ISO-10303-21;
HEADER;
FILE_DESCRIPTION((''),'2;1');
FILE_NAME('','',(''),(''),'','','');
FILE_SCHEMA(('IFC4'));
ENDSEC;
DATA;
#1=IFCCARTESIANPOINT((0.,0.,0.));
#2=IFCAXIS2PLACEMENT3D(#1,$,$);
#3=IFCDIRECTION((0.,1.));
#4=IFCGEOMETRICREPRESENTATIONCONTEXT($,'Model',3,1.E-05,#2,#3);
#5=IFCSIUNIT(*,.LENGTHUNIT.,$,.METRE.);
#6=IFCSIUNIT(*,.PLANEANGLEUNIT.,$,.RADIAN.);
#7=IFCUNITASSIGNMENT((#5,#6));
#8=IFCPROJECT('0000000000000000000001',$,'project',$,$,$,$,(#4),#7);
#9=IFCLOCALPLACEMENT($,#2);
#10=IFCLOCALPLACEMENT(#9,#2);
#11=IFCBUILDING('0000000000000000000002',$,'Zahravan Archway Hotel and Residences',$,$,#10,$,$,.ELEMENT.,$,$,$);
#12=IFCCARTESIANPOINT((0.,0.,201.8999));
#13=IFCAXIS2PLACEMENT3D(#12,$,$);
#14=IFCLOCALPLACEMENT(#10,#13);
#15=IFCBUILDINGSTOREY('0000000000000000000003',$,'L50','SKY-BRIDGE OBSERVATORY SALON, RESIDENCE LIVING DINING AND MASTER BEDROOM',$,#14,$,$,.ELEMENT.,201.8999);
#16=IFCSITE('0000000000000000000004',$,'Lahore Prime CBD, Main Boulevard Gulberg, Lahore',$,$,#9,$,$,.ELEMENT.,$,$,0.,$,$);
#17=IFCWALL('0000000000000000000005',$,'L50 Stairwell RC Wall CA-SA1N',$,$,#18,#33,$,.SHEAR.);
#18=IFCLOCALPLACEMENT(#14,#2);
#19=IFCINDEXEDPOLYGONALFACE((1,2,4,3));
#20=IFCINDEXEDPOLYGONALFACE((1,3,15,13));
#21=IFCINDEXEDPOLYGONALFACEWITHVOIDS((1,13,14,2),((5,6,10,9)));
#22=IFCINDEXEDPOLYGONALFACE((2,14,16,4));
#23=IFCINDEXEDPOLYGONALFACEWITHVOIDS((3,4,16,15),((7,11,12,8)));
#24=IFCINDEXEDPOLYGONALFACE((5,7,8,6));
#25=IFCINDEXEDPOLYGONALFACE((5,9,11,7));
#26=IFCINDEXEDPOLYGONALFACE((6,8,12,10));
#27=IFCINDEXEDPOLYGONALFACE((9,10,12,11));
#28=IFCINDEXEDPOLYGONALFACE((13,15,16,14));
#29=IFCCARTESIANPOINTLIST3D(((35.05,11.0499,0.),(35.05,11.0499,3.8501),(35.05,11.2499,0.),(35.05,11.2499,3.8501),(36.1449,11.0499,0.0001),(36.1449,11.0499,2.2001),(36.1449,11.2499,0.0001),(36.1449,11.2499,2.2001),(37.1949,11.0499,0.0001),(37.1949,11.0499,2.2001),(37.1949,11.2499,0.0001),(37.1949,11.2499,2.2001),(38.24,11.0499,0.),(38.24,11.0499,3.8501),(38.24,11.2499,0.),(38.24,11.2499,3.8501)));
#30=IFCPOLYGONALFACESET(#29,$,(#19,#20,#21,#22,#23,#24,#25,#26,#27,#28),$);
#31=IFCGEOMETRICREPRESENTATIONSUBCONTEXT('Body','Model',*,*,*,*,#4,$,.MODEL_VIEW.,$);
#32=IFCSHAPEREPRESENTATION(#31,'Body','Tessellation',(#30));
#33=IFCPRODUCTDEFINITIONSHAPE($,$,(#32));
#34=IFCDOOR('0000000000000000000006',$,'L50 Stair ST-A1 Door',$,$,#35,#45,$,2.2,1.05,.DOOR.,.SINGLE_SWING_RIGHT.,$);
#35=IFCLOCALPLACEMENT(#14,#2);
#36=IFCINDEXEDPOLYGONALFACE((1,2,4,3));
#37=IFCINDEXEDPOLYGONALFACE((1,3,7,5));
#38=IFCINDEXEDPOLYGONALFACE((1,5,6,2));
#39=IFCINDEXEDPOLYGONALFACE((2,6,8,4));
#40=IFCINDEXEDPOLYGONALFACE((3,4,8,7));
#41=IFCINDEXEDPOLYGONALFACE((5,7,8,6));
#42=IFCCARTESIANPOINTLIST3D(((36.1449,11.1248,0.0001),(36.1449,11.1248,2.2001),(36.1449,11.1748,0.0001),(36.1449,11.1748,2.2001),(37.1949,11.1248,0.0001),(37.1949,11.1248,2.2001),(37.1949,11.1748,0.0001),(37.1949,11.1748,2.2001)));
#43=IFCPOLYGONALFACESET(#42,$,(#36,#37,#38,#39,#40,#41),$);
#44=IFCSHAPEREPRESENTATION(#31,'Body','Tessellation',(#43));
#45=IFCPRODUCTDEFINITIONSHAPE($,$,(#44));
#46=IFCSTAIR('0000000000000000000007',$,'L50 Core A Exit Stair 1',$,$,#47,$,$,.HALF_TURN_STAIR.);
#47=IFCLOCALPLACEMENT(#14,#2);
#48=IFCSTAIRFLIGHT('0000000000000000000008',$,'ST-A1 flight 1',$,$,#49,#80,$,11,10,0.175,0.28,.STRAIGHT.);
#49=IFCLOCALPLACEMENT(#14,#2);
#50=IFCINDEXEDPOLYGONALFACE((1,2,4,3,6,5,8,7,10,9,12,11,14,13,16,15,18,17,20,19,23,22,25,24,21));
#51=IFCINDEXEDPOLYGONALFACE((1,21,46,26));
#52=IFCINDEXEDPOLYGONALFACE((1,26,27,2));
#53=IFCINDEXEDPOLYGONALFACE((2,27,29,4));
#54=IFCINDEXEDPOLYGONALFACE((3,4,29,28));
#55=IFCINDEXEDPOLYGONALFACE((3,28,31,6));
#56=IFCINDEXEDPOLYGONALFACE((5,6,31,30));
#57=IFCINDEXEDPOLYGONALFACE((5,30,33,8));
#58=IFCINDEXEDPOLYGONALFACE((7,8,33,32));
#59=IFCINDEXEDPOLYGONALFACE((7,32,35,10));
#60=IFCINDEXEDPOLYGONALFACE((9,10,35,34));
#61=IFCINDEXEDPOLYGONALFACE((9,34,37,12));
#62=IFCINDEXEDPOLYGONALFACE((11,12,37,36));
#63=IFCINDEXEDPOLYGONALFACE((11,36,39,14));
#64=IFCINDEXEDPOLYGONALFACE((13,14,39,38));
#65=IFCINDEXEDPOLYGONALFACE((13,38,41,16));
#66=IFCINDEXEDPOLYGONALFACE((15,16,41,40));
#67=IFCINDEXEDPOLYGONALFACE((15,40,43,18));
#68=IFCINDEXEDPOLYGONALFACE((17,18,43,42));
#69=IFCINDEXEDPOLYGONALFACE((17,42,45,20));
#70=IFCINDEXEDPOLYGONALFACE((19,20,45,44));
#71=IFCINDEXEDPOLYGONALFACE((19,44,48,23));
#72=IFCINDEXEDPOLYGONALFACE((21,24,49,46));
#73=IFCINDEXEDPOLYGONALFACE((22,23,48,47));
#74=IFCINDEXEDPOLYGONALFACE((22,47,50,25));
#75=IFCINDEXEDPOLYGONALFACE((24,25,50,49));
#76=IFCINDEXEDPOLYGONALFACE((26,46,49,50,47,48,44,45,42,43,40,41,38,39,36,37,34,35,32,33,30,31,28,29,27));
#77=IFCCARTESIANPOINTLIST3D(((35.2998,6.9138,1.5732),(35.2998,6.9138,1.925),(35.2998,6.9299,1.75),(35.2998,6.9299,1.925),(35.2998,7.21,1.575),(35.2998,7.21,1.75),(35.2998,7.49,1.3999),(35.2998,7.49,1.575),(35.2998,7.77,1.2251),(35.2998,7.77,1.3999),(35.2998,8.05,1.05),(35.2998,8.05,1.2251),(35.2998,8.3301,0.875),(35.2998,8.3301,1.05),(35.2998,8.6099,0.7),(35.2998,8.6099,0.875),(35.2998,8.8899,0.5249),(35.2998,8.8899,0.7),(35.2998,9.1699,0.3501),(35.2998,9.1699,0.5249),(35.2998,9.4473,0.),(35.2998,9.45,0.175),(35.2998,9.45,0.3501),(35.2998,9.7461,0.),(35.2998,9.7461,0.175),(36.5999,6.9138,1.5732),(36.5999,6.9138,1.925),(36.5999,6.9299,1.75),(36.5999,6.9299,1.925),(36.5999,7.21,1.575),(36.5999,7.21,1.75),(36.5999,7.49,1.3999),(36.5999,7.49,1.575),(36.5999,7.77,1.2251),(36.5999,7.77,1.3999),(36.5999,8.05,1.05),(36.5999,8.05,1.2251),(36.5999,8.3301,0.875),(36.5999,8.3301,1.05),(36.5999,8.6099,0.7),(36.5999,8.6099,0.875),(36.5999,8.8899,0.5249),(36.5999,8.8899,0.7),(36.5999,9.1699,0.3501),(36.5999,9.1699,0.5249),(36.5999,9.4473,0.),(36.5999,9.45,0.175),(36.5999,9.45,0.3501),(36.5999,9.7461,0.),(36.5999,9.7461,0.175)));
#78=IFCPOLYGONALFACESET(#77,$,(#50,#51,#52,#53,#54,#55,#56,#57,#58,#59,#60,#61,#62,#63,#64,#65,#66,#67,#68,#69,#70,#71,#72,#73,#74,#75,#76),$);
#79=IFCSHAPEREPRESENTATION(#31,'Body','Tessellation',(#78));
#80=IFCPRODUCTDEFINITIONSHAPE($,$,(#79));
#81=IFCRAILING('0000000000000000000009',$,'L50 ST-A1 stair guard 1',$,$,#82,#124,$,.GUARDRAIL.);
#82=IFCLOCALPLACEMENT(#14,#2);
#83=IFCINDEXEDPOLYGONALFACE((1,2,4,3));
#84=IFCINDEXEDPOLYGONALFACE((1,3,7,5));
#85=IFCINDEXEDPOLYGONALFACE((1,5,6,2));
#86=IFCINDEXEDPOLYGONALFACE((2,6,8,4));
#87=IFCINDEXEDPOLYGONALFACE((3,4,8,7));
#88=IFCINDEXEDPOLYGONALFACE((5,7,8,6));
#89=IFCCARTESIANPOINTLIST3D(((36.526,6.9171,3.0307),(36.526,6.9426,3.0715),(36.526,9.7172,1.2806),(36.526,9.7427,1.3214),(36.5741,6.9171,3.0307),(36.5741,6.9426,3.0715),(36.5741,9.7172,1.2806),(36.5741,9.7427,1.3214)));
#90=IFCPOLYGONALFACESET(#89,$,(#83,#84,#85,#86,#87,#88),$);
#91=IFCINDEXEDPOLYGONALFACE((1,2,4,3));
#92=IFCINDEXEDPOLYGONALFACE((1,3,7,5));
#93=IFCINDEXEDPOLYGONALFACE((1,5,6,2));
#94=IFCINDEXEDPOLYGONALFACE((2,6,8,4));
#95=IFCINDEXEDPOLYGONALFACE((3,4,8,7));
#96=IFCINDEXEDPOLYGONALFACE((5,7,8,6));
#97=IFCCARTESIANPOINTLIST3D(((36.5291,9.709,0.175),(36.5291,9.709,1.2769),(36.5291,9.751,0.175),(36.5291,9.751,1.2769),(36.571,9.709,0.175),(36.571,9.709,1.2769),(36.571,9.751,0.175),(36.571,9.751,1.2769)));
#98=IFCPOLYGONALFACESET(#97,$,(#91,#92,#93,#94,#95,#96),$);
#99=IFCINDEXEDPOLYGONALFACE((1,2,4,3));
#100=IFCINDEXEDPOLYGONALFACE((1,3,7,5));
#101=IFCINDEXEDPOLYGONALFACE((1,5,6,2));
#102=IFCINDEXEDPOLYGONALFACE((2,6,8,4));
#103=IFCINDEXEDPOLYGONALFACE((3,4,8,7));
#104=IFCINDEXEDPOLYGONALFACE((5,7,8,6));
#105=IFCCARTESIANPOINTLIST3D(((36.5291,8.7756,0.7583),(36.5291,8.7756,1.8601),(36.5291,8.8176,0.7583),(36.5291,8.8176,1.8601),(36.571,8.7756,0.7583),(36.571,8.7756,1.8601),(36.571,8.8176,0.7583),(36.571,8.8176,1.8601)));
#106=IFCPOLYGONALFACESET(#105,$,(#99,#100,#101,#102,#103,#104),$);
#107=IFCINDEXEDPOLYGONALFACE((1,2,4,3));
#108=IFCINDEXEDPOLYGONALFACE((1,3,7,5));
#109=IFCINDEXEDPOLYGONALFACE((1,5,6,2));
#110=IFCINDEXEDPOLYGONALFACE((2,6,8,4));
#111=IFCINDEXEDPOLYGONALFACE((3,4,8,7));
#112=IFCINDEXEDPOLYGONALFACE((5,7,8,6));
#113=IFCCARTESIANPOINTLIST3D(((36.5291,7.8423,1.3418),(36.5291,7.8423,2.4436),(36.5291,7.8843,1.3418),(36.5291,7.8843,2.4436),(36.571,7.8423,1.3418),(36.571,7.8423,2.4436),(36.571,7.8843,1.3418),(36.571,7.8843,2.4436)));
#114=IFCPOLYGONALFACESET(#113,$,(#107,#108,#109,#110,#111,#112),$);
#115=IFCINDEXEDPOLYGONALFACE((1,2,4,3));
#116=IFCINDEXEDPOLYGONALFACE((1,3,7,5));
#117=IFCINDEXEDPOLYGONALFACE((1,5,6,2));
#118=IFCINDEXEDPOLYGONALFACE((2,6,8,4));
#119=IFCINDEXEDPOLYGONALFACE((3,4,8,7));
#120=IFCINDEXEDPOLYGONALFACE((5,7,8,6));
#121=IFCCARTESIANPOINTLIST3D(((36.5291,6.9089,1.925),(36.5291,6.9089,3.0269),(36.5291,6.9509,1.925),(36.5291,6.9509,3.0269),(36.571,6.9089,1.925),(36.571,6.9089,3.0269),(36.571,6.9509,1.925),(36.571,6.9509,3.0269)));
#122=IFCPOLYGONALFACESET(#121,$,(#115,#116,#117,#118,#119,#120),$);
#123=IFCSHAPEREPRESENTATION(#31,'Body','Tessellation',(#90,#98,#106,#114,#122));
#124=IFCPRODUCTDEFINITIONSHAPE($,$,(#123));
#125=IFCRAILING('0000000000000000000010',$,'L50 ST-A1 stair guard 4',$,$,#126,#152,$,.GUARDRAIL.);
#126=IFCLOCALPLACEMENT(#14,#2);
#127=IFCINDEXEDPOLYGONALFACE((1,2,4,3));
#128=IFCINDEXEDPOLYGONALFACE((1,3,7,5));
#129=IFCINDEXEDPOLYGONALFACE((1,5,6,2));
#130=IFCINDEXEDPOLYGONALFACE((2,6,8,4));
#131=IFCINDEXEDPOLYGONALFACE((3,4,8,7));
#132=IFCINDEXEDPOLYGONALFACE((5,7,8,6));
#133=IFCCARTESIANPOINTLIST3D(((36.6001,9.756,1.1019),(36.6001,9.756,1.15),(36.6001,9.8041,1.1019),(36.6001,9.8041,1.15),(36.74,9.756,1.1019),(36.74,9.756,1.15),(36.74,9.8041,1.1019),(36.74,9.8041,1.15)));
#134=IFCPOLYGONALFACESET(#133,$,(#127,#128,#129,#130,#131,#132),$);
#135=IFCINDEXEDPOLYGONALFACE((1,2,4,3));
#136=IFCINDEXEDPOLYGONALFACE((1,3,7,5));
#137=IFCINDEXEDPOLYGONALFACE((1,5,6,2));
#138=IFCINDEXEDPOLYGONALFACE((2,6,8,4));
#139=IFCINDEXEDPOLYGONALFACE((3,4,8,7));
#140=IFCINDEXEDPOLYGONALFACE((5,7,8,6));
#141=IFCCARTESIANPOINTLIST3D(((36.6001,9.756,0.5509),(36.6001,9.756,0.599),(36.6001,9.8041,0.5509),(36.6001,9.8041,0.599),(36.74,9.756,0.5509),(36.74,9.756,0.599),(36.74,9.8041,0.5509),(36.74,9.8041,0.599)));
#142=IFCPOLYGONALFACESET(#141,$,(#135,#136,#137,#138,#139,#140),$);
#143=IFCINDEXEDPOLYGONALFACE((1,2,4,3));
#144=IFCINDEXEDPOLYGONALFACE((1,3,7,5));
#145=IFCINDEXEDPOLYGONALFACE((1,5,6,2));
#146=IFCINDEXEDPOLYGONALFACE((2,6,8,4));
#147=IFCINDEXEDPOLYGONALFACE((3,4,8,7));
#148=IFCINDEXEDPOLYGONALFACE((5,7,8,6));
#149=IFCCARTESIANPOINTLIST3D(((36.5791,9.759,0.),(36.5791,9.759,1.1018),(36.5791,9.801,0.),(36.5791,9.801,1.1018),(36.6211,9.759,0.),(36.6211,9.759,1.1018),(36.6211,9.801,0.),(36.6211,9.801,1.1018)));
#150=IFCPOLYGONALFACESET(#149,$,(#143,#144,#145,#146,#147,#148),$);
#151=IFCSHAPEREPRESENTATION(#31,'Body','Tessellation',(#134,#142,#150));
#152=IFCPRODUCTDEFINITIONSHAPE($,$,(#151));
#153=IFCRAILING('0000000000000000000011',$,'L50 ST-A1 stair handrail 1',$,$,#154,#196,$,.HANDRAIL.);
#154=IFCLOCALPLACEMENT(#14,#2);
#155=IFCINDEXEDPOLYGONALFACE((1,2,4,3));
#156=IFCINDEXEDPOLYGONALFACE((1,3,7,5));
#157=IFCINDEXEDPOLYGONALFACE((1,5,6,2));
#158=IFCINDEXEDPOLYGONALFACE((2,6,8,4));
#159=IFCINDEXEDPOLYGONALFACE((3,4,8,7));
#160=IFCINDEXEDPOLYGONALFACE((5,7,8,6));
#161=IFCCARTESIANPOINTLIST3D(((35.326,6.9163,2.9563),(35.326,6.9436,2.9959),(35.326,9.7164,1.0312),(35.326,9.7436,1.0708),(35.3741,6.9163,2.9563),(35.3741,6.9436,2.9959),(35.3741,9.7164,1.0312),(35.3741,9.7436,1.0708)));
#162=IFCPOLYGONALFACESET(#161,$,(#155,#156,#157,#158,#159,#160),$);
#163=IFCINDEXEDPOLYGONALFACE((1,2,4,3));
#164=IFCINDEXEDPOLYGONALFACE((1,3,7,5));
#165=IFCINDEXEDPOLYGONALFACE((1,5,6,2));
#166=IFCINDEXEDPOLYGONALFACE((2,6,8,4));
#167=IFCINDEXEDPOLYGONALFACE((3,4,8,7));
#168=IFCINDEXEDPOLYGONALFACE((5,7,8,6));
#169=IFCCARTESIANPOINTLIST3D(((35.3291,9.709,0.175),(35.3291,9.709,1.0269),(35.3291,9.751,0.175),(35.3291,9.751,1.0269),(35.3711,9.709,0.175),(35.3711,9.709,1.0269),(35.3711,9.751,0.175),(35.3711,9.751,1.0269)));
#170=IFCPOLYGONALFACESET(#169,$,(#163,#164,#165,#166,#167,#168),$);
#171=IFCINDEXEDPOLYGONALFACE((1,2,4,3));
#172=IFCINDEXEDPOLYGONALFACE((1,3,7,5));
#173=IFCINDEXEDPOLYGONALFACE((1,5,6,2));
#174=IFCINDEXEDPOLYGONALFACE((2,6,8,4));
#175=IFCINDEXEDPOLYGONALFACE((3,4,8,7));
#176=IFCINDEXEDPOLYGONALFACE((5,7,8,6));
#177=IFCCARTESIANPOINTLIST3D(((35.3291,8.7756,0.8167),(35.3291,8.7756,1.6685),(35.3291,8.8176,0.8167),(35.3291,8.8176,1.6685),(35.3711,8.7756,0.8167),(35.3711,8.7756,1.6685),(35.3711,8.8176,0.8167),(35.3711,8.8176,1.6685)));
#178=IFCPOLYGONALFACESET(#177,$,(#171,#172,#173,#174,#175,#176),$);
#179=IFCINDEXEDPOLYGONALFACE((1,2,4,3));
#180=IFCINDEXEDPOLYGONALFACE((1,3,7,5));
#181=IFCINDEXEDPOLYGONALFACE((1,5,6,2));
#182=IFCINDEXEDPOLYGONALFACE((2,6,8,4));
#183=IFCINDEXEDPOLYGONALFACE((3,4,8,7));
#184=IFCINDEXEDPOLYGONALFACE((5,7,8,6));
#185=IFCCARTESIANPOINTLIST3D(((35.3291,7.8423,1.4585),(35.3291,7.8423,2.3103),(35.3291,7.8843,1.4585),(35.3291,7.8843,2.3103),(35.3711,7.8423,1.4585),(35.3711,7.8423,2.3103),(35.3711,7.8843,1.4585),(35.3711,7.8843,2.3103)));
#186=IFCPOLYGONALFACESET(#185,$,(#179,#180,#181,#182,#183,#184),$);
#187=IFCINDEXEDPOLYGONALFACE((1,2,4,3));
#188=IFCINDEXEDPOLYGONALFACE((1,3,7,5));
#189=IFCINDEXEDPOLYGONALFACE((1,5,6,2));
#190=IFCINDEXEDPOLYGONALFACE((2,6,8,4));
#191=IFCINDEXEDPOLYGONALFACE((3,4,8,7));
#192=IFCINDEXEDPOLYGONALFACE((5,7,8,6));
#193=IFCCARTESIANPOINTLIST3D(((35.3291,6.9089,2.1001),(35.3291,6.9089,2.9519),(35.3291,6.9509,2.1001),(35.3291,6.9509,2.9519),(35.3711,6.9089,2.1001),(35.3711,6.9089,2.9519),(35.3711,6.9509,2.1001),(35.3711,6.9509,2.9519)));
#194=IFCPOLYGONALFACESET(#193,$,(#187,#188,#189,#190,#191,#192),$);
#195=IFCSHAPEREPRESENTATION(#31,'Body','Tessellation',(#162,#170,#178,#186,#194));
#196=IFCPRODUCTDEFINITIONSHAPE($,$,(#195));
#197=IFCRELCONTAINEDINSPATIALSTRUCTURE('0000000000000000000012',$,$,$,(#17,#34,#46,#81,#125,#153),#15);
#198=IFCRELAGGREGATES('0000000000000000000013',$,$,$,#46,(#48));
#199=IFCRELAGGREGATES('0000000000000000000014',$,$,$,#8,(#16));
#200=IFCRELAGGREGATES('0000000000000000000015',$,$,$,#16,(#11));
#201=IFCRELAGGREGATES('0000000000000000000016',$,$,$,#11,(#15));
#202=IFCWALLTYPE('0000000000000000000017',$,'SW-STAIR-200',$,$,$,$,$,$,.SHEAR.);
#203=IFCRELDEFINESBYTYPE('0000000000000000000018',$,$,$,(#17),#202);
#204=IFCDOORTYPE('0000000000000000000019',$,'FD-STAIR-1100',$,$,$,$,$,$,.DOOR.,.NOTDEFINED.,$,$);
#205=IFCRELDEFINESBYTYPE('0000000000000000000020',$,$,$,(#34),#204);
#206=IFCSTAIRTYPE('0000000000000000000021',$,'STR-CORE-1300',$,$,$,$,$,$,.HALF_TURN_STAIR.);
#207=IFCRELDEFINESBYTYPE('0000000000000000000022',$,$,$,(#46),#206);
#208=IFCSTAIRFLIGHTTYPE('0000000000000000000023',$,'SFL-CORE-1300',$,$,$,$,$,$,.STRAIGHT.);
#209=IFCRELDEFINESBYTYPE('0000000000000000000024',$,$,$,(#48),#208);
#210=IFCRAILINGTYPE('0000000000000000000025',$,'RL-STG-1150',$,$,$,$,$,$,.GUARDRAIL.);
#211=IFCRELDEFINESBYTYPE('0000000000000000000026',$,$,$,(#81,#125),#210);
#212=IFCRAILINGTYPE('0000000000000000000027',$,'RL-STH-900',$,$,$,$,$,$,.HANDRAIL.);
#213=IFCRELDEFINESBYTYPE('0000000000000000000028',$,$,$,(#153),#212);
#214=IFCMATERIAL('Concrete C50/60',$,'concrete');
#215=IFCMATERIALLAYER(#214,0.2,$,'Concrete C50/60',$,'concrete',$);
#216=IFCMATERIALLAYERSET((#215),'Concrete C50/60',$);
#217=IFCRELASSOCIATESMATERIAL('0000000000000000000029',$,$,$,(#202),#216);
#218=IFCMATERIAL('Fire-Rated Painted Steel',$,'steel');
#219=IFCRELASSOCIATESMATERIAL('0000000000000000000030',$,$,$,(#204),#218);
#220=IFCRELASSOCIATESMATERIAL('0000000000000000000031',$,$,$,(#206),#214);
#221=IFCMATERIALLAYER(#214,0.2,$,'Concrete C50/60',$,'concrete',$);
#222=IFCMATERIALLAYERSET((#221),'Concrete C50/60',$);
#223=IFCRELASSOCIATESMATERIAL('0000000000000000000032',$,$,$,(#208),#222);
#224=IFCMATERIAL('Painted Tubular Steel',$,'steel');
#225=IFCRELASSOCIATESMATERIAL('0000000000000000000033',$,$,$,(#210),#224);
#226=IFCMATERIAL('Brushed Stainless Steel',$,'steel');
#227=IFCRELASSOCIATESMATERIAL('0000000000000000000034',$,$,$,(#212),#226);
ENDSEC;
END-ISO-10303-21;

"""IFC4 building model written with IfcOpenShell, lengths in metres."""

from ifc_helpers import new_model, si_unit, direction, frame, frame_2d, origin, origin_2d, place, context, subcontext, project, spatial, polyline, rectangle, outline, extrude, source, transform, mapped, material, layer, layer_set, type_object, type_shapes, element, fill, aggregate, save


model = new_model("IFC4")

# Units and contexts
model_context = context("Model", 3, precision=1e-05, world=origin(), true_north=direction((0.0, 1.0)))
body_context = subcontext(model_context, "Body", "Model", "MODEL_VIEW")
ifc_project = project(units=[si_unit("LENGTHUNIT", "METRE"), si_unit("PLANEANGLEUNIT", "RADIAN")], contexts=[model_context])

# Site, building, storey
site_placement = place(None, origin())
site = spatial("IfcSite", under=ifc_project, at=site_placement, Name="Lahore Prime CBD, Main Boulevard Gulberg, Lahore", CompositionType="ELEMENT", RefElevation=0.0)
building_placement = place(site_placement, origin())
building = spatial("IfcBuilding", under=site, at=building_placement, Name="Zahravan Archway Hotel and Residences", CompositionType="ELEMENT")
storey_placement = place(building_placement, frame((0.0, 0.0, 201.8999)))
storey = spatial("IfcBuildingStorey", under=building, at=storey_placement, Name="L50", Description="SKY-BRIDGE OBSERVATORY SALON, RESIDENCE LIVING DINING AND MASTER BEDROOM", CompositionType="ELEMENT", Elevation=201.8999)

# Shared definitions
ifc_material_1 = material(Name="Fire-Rated Painted Steel", Category="steel")

# Wall, opening, door
ifc_material_2 = material(Name="Concrete C50/60", Category="concrete")
ifc_layer_1 = layer(ifc_material_2, 0.2, Name="Concrete C50/60", Category="concrete")
ifc_layer_set_1 = layer_set([ifc_layer_1], Name="Concrete C50/60")
wall_type_1 = type_object("IfcWallType", Name="SW-STAIR-200", PredefinedType="SHEAR", material=ifc_layer_set_1)
wall_1_placement = place(storey_placement, frame((35.05, 11.1499, 0.0), z_axis=(0.0, 0.0, 1.0), x_axis=(1.0, 0.0, 0.0)))
wall_1 = element("IfcWall", 1, at=wall_1_placement, inside=storey, type_object=wall_type_1, Name="L50 Stairwell RC Wall CA-SA1N", PredefinedType="SHEAR", context=body_context, shape_type="SweptSolid", body=[
    extrude(rectangle(XDim=3.1899, YDim=0.2, at=frame_2d((1.595, 0.0))), origin(), (0.0, 0.0, 1.0), 3.8501),
])
opening_1_placement = place(wall_1_placement, frame((1.095, 0.0, 0.0)))
opening_1 = element("IfcOpeningElement", 2, at=opening_1_placement, cuts=wall_1, PredefinedType="OPENING", context=body_context, shape_type="SweptSolid", body=[
    extrude(rectangle(XDim=1.05, YDim=2.2, at=frame_2d((0.5249, 1.1001))), frame((0.0, 0.1099, 0.0), z_axis=(0.0, -1.0, 0.0), x_axis=(1.0, 0.0, 0.0)), (0.0, 0.0, 1.0), 0.22),
])
door_type_1 = type_object("IfcDoorType", Name="FD-STAIR-1100", OperationType="NOTDEFINED", PredefinedType="DOOR", material=ifc_material_1)
shared_shape_1 = source(origin(), body_context, "Body", "SweptSolid", [
    extrude(rectangle(XDim=1.05, YDim=2.2, at=frame_2d((0.5249, 1.1001))), frame((0.0, 0.0249, 0.0), z_axis=(0.0, -1.0, 0.0), x_axis=(1.0, 0.0, 0.0)), (0.0, 0.0, 1.0), 0.05),
])
type_shapes(door_type_1, [shared_shape_1])
door_1_placement = place(opening_1_placement, origin())
door_1 = element("IfcDoor", 3, at=door_1_placement, inside=storey, type_object=door_type_1, Name="L50 Stair ST-A1 Door", OperationType="SINGLE_SWING_RIGHT", OverallHeight=2.2, OverallWidth=1.05, PredefinedType="DOOR", context=body_context, shape_type="MappedRepresentation", body=[
    mapped(shared_shape_1, transform((0.0, 0.0, 0.0), scale=1.0)),
])
fill(opening_1, door_1)

# Stair, stair flight
stair_type = type_object("IfcStairType", Name="STR-CORE-1300", PredefinedType="HALF_TURN_STAIR", material=ifc_material_2)
stair_placement = place(storey_placement, origin())
stair = element("IfcStair", 4, at=stair_placement, inside=storey, type_object=stair_type, Name="L50 Core A Exit Stair 1", PredefinedType="HALF_TURN_STAIR")
ifc_layer_2 = layer(ifc_material_2, 0.2, Name="Concrete C50/60", Category="concrete")
ifc_layer_set_2 = layer_set([ifc_layer_2], Name="Concrete C50/60")
stair_flight_type = type_object("IfcStairFlightType", Name="SFL-CORE-1300", PredefinedType="STRAIGHT", material=ifc_layer_set_2)
shared_shape_2 = source(origin(), body_context, "Body", "SweptSolid", [
    extrude(outline(polyline([(-0.0161, 0.0), (-0.0161, 0.175), (0.28, 0.175), (0.28, 0.3501), (0.5601, 0.3501), (0.5601, 0.5249), (0.8401, 0.5249), (0.8401, 0.7), (1.1201, 0.7), (1.1201, 0.875), (1.3999, 0.875), (1.3999, 1.05), (1.6799, 1.05), (1.6799, 1.2251), (1.96, 1.2251), (1.96, 1.3999), (2.24, 1.3999), (2.24, 1.575), (2.52, 1.575), (2.52, 1.75), (2.8, 1.75), (2.8, 1.925), (2.8162, 1.925), (2.8162, 1.5732), (0.2827, 0.0), (-0.0161, 0.0)])), frame((0.0, 0.6499, 0.0), z_axis=(0.0, -1.0, 0.0), x_axis=(1.0, 0.0, 0.0)), (0.0, 0.0, 1.0), 1.3),
])
stair_flight_placement = place(storey_placement, frame((35.95, 9.73, 0.0), z_axis=(0.0, 0.0, 1.0), x_axis=(0.0, -1.0, 0.0)))
stair_flight = element("IfcStairFlight", 5, at=stair_flight_placement, type_object=stair_flight_type, Name="ST-A1 flight 1", NumberOfRisers=11, NumberOfTreads=10, PredefinedType="STRAIGHT", RiserHeight=0.175, TreadLength=0.28, context=body_context, shape_type="MappedRepresentation", body=[
    mapped(shared_shape_2, transform((0.0, 0.0, 0.0), scale=1.0)),
])
aggregate(stair, [stair_flight])

# Railings
ifc_material_3 = material(Name="Painted Tubular Steel", Category="steel")
railing_type_1 = type_object("IfcRailingType", Name="RL-STG-1150", PredefinedType="GUARDRAIL", material=ifc_material_3)
railing_1_placement = place(storey_placement, frame((36.55, 9.73, 0.175)))
element("IfcRailing", 6, at=railing_1_placement, inside=storey, type_object=railing_type_1, Name="L50 ST-A1 stair guard 1", PredefinedType="GUARDRAIL", context=body_context, shape_type="SweptSolid", body=[
    extrude(rectangle(XDim=0.0481, YDim=0.0481, at=origin_2d()), frame((0.0, 0.0, 1.126), z_axis=(0.0, -0.848002, 0.529992), x_axis=(1.0, 0.0, 0.0)), (0.0, 0.0, 1.0), 3.302),
    extrude(rectangle(XDim=0.042, YDim=0.042, at=origin_2d()), origin(), (0.0, 0.0, 1.0), 1.1018),
    extrude(rectangle(XDim=0.042, YDim=0.042, at=origin_2d()), frame((0.0, -0.9333, 0.5833)), (0.0, 0.0, 1.0), 1.1018),
    extrude(rectangle(XDim=0.042, YDim=0.042, at=origin_2d()), frame((0.0, -1.8667, 1.1667)), (0.0, 0.0, 1.0), 1.1018),
    extrude(rectangle(XDim=0.042, YDim=0.042, at=origin_2d()), frame((0.0, -2.8, 1.75)), (0.0, 0.0, 1.0), 1.1018),
])
railing_2_placement = place(storey_placement, frame((36.6001, 9.78, 0.0)))
element("IfcRailing", 7, at=railing_2_placement, inside=storey, type_object=railing_type_1, Name="L50 ST-A1 stair guard 4", PredefinedType="GUARDRAIL", context=body_context, shape_type="SweptSolid", body=[
    extrude(rectangle(XDim=0.0481, YDim=0.0481, at=origin_2d()), frame((0.0, 0.0, 1.126), z_axis=(1.0, 0.0, 0.0), x_axis=(0.0, 1.0, 0.0)), (0.0, 0.0, 1.0), 0.1399),
    extrude(rectangle(XDim=0.0481, YDim=0.0481, at=origin_2d()), frame((0.0, 0.0, 0.575), z_axis=(1.0, 0.0, 0.0), x_axis=(0.0, 1.0, 0.0)), (0.0, 0.0, 1.0), 0.1399),
    extrude(rectangle(XDim=0.042, YDim=0.042, at=origin_2d()), origin(), (0.0, 0.0, 1.0), 1.1018),
])
ifc_material_4 = material(Name="Brushed Stainless Steel", Category="steel")
railing_type_2 = type_object("IfcRailingType", Name="RL-STH-900", PredefinedType="HANDRAIL", material=ifc_material_4)
railing_3_placement = place(storey_placement, frame((35.3501, 9.73, 0.175)))
element("IfcRailing", 8, at=railing_3_placement, inside=storey, type_object=railing_type_2, Name="L50 ST-A1 stair handrail 1", PredefinedType="HANDRAIL", context=body_context, shape_type="SweptSolid", body=[
    extrude(rectangle(XDim=0.0481, YDim=0.0481, at=origin_2d()), frame((0.0, 0.0, 0.876), z_axis=(0.0, -0.82404, 0.566532), x_axis=(1.0, 0.0, 0.0)), (0.0, 0.0, 1.0), 3.3979),
    extrude(rectangle(XDim=0.042, YDim=0.042, at=origin_2d()), origin(), (0.0, 0.0, 1.0), 0.8518),
    extrude(rectangle(XDim=0.042, YDim=0.042, at=origin_2d()), frame((0.0, -0.9333, 0.6416)), (0.0, 0.0, 1.0), 0.8518),
    extrude(rectangle(XDim=0.042, YDim=0.042, at=origin_2d()), frame((0.0, -1.8667, 1.2834)), (0.0, 0.0, 1.0), 0.8518),
    extrude(rectangle(XDim=0.042, YDim=0.042, at=origin_2d()), frame((0.0, -2.8, 1.925)), (0.0, 0.0, 1.0), 0.8518),
])

save(model, "model.ifc")
